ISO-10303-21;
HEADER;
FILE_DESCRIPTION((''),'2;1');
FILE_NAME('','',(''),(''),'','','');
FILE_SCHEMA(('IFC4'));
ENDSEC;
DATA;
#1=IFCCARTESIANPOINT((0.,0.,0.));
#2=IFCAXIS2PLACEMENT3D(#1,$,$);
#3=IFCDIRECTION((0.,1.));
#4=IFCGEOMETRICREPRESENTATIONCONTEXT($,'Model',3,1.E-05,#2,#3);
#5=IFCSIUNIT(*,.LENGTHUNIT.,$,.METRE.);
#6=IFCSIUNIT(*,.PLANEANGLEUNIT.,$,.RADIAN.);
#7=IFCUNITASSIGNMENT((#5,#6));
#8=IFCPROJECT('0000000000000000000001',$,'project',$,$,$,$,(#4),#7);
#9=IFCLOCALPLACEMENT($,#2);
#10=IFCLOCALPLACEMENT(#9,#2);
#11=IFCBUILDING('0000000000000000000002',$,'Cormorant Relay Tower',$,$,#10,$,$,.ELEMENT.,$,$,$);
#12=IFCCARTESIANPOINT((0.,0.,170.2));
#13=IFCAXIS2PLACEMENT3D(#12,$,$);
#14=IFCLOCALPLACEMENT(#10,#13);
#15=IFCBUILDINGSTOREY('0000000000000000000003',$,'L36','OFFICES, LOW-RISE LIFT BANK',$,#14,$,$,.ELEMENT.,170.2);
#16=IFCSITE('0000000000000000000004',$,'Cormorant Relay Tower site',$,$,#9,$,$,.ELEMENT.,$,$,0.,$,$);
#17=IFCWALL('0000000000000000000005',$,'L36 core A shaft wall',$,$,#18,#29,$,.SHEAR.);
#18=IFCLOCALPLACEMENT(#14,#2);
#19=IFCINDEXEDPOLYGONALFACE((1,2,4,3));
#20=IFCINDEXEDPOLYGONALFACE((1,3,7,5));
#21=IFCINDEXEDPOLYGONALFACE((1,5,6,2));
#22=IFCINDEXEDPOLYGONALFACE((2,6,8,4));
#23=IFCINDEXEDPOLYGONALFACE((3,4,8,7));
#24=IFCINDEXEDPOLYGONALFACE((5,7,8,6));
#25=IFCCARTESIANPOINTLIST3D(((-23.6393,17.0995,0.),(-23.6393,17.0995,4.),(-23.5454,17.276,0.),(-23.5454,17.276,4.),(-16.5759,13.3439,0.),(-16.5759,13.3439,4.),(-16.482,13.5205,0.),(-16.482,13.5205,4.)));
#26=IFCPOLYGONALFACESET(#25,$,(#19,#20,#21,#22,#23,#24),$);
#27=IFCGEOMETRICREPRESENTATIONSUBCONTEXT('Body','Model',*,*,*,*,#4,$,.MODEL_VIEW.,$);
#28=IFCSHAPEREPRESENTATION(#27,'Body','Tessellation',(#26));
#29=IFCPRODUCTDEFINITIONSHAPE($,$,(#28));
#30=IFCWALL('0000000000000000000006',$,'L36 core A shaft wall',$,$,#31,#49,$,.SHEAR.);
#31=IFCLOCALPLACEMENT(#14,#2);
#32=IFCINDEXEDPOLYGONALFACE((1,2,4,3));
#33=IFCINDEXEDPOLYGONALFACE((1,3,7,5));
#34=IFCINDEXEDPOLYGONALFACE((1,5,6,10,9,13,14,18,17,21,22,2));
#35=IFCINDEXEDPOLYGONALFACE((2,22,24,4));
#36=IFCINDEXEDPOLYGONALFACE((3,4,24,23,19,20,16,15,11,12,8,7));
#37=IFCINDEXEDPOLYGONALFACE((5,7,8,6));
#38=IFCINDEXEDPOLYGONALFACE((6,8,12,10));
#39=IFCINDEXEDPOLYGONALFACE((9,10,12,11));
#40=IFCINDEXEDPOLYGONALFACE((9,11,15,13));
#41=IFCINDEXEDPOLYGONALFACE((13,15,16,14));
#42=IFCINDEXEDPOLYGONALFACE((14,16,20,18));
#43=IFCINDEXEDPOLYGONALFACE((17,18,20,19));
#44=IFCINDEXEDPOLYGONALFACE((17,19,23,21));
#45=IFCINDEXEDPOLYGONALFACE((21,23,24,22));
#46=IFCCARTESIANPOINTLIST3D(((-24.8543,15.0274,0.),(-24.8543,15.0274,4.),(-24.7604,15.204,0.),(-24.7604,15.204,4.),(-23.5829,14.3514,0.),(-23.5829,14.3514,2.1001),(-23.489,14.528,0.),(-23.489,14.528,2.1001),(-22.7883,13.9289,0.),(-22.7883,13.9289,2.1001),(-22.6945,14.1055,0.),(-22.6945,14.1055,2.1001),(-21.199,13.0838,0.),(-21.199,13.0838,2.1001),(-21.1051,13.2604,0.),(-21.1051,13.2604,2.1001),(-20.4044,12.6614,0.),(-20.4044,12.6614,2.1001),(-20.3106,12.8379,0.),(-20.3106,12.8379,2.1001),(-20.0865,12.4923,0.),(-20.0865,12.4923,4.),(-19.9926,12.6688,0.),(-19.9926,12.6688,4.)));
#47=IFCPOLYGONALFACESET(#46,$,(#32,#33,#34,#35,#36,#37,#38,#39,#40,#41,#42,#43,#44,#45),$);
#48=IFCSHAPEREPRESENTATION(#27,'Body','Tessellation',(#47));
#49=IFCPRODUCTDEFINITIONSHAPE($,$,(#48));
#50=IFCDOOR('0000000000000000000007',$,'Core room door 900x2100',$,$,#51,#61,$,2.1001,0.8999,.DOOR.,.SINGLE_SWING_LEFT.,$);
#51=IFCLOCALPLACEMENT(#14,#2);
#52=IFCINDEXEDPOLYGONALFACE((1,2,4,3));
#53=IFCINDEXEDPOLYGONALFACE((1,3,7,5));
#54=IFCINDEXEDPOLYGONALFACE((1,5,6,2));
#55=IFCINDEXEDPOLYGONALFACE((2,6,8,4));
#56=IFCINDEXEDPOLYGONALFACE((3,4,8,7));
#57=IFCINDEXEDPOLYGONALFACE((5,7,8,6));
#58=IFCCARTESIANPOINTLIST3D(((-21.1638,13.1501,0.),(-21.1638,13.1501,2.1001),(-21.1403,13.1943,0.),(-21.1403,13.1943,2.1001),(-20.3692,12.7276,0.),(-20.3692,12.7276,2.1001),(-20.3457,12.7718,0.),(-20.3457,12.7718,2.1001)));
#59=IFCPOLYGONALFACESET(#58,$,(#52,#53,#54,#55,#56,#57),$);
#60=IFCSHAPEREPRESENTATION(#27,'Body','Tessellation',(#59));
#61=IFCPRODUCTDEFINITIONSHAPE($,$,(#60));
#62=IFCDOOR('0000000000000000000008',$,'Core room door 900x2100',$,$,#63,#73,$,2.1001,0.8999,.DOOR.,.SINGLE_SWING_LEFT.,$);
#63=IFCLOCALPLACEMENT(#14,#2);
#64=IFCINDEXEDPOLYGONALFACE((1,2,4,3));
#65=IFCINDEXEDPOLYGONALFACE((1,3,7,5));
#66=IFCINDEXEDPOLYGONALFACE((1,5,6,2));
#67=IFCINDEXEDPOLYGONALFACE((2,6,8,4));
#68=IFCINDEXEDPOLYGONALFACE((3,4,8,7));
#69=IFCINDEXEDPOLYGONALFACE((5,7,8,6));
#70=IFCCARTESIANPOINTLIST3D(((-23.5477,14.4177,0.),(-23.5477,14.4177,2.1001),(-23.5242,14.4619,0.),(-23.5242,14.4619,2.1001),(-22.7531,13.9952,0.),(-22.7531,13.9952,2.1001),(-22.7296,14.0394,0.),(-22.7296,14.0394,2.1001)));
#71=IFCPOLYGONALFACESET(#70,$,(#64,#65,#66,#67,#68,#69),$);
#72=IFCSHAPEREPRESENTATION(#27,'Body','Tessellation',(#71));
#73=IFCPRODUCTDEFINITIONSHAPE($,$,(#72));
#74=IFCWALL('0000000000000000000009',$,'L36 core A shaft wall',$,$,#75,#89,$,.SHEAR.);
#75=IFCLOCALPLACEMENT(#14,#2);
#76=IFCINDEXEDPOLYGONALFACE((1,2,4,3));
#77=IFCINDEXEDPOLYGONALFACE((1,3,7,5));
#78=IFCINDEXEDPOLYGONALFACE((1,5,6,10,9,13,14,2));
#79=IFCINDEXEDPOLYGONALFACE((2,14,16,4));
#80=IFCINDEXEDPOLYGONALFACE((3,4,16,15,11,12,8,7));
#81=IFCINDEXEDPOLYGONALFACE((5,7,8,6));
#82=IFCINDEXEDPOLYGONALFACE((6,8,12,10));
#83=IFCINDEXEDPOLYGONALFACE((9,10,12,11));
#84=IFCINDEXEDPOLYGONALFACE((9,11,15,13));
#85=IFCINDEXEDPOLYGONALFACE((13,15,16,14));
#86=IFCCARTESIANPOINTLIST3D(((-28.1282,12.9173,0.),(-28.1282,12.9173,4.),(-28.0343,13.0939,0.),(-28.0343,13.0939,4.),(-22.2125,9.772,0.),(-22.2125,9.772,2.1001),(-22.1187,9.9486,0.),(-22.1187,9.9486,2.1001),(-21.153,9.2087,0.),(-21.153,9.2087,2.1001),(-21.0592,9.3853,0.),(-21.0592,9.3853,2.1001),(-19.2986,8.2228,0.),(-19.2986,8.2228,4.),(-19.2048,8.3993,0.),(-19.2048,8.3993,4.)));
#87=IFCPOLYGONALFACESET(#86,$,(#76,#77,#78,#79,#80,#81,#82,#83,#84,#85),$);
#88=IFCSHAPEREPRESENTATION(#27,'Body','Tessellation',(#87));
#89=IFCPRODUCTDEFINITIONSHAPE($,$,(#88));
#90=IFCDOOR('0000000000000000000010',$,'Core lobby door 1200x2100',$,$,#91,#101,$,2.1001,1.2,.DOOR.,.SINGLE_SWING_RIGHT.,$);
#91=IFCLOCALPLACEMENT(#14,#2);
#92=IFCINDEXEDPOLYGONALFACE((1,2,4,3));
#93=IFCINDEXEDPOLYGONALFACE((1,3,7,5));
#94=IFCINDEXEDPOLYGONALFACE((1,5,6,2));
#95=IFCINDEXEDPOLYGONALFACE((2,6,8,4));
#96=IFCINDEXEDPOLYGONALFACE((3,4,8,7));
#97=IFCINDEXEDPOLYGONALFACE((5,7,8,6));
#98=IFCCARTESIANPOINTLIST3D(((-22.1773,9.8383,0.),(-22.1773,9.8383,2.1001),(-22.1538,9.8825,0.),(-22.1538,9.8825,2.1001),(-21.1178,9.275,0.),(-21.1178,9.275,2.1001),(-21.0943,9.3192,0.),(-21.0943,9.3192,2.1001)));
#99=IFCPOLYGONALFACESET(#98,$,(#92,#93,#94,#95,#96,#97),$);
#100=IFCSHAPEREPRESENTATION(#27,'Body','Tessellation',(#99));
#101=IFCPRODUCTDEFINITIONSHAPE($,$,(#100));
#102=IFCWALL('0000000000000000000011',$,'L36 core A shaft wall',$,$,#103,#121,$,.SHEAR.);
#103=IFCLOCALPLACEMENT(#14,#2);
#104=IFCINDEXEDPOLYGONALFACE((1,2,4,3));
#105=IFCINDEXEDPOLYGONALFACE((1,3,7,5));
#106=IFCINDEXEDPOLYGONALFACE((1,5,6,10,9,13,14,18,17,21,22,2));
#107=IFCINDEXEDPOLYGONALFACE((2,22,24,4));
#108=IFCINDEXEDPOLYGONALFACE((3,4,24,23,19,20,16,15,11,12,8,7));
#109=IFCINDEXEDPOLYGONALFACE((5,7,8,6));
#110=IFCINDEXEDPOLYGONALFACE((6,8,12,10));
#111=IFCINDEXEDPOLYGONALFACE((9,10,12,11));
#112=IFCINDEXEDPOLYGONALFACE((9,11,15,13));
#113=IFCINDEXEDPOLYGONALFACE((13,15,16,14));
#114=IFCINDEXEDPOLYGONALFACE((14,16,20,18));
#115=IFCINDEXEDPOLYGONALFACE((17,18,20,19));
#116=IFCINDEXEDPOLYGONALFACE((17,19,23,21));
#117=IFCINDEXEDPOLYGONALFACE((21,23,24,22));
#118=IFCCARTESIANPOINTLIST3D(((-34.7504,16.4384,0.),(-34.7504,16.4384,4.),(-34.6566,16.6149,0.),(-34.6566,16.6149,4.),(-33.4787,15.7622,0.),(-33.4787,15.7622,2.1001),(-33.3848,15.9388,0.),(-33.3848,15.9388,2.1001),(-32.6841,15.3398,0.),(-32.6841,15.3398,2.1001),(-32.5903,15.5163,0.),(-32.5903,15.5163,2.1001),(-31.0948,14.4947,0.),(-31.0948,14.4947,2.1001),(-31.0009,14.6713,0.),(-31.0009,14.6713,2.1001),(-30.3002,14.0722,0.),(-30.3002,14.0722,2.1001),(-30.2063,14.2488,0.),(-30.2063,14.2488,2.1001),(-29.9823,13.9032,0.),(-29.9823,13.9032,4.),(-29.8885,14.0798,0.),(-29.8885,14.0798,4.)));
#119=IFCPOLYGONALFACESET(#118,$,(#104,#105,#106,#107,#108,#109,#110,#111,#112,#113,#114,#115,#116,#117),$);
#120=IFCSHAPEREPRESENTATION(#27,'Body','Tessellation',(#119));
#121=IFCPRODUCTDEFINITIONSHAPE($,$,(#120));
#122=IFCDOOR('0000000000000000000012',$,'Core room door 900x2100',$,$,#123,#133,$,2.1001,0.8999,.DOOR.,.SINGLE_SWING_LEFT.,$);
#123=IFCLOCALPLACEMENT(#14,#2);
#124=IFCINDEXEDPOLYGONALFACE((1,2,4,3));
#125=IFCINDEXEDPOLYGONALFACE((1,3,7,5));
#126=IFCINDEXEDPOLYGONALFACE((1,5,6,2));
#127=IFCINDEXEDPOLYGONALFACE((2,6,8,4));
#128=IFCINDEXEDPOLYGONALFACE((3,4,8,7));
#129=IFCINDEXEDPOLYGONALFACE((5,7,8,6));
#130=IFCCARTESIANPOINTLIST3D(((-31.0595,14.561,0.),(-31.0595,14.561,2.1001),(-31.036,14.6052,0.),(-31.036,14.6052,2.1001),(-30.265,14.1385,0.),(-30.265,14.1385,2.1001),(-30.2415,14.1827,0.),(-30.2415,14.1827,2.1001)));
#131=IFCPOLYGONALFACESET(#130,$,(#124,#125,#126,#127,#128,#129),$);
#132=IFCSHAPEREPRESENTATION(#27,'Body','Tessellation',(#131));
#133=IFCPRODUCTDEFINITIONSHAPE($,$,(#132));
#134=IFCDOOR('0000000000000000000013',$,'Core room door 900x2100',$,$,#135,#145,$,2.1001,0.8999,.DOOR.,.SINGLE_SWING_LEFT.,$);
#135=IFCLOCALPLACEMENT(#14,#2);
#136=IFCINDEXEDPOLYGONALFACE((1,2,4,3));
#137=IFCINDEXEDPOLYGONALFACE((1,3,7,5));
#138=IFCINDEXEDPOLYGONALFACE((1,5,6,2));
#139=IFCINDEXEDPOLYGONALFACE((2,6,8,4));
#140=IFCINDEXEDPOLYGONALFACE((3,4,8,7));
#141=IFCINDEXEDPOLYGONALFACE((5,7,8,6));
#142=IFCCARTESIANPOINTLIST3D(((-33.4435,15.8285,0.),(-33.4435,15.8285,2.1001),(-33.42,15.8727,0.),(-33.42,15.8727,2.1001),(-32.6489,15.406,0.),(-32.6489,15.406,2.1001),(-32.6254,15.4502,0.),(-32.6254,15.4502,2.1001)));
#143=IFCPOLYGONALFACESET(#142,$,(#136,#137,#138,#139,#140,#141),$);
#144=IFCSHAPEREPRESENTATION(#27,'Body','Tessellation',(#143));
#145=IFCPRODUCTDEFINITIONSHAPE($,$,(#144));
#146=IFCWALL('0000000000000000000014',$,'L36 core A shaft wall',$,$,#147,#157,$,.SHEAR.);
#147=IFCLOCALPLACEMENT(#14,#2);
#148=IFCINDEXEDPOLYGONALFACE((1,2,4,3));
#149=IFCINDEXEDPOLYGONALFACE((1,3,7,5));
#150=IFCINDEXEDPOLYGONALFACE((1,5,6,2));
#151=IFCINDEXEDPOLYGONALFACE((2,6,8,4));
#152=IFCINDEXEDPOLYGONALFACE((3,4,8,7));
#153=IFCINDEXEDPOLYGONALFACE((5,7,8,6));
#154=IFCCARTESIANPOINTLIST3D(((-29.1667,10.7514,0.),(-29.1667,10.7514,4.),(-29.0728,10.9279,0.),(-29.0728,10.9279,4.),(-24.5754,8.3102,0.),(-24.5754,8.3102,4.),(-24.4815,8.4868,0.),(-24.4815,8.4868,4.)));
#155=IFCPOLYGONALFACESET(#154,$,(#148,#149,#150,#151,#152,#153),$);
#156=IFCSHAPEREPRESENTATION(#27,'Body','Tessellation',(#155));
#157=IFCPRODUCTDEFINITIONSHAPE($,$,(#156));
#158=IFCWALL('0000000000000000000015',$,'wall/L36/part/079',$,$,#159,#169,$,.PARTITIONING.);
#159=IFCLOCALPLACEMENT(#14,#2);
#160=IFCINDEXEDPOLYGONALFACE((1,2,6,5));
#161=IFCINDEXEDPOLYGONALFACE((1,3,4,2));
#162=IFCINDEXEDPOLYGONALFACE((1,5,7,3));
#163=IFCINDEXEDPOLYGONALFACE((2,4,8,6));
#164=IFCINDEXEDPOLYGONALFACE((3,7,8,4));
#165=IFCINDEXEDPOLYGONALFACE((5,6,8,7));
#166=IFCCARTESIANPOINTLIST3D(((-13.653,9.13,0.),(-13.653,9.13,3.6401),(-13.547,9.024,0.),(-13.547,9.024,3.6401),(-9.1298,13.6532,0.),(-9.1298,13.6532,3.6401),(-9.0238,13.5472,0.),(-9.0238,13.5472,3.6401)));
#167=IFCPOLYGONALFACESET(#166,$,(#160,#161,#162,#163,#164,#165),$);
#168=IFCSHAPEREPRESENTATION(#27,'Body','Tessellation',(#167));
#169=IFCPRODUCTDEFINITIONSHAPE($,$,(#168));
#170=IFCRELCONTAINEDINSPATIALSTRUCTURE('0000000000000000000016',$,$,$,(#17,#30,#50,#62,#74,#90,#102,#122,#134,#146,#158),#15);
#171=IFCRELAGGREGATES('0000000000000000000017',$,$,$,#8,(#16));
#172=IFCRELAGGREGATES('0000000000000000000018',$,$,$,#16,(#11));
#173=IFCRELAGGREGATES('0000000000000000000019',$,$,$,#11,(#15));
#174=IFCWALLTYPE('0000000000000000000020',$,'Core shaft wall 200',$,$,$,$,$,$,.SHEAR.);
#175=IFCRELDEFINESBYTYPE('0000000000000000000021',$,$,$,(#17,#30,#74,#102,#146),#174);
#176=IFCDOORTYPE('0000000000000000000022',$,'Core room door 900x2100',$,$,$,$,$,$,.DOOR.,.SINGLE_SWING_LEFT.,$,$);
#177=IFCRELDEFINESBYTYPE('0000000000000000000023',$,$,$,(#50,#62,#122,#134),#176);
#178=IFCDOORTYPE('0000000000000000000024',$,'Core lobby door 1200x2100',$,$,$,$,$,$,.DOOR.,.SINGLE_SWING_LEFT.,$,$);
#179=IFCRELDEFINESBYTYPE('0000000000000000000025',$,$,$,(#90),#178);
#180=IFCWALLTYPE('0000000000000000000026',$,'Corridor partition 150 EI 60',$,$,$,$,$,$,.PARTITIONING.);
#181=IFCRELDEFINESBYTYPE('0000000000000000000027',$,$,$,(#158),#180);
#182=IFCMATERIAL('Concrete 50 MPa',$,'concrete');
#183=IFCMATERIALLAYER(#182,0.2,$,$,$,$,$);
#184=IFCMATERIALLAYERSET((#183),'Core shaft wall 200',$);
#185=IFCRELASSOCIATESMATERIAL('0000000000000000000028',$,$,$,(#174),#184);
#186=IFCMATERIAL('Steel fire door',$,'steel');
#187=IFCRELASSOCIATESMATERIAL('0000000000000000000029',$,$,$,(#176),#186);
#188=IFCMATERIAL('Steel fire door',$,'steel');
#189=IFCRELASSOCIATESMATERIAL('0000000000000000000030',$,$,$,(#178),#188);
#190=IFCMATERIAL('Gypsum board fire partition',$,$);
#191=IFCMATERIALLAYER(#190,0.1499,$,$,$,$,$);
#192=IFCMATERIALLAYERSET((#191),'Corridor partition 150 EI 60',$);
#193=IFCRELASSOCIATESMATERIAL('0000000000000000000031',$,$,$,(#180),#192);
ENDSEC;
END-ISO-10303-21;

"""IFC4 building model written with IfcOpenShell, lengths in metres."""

from ifc_helpers import new_model, si_unit, direction, frame, frame_2d, origin, place, context, subcontext, project, spatial, rectangle, extrude, material, layer, layer_set, type_object, element, fill, save


model = new_model("IFC4")

# Units and contexts
model_context = context("Model", 3, precision=1e-05, world=origin(), true_north=direction((0.0, 1.0)))
body_context = subcontext(model_context, "Body", "Model", "MODEL_VIEW")
ifc_project = project(units=[si_unit("LENGTHUNIT", "METRE"), si_unit("PLANEANGLEUNIT", "RADIAN")], contexts=[model_context])

# Site, building, storey
site_placement = place(None, origin())
site = spatial("IfcSite", under=ifc_project, at=site_placement, Name="Cormorant Relay Tower site", CompositionType="ELEMENT", RefElevation=0.0)
building_placement = place(site_placement, origin())
building = spatial("IfcBuilding", under=site, at=building_placement, Name="Cormorant Relay Tower", CompositionType="ELEMENT")
storey_placement = place(building_placement, frame((0.0, 0.0, 170.2)))
storey = spatial("IfcBuildingStorey", under=building, at=storey_placement, Name="L36", Description="OFFICES, LOW-RISE LIFT BANK", CompositionType="ELEMENT", Elevation=170.2)

# Shared definitions
ifc_material_1 = material(Name="Concrete 50 MPa", Category="concrete")
ifc_layer_1 = layer(ifc_material_1, 0.2)
ifc_layer_set_1 = layer_set([ifc_layer_1], Name="Core shaft wall 200")
wall_type_1 = type_object("IfcWallType", Name="Core shaft wall 200", PredefinedType="SHEAR", material=ifc_layer_set_1)

# Shared definitions
ifc_material_2 = material(Name="Steel fire door", Category="steel")
door_type_1 = type_object("IfcDoorType", Name="Core room door 900x2100", OperationType="SINGLE_SWING_LEFT", PredefinedType="DOOR", material=ifc_material_2)

# Wall
wall_1_placement = place(storey_placement, frame((-16.5288, 13.4321, 0.0), z_axis=(0.0, 0.0, 1.0), x_axis=(-0.882953, 0.469462, 0.0)))
element("IfcWall", 1, at=wall_1_placement, inside=storey, type_object=wall_type_1, Name="L36 core A shaft wall", PredefinedType="SHEAR", context=body_context, shape_type="SweptSolid", body=[
    extrude(rectangle(XDim=7.9998, YDim=0.2, at=frame_2d((4.0, 0.0))), origin(), (0.0, 0.0, 1.0), 4.0),
])

# Wall, openings, doors
wall_2_placement = place(storey_placement, frame((-20.0396, 12.5806, 0.0), z_axis=(0.0, 0.0, 1.0), x_axis=(-0.882943, 0.46948, 0.0)))
wall_2 = element("IfcWall", 2, at=wall_2_placement, inside=storey, type_object=wall_type_1, Name="L36 core A shaft wall", PredefinedType="SHEAR", context=body_context, shape_type="SweptSolid", body=[
    extrude(rectangle(XDim=5.3999, YDim=0.2, at=frame_2d((2.7, 0.0))), origin(), (0.0, 0.0, 1.0), 4.0),
])
opening_1_placement = place(wall_2_placement, frame((0.3601, 0.0, 0.0)))
opening_1 = element("IfcOpeningElement", 3, at=opening_1_placement, cuts=wall_2, PredefinedType="OPENING", context=body_context, shape_type="SweptSolid", body=[
    extrude(rectangle(XDim=0.8999, YDim=2.1001, at=frame_2d((0.45, 1.05))), frame((0.0, 0.1099, 0.0), z_axis=(0.0, -1.0, 0.0), x_axis=(1.0, 0.0, 0.0)), (0.0, 0.0, 1.0), 0.22),
])
opening_2_placement = place(wall_2_placement, frame((3.0601, 0.0, 0.0)))
opening_2 = element("IfcOpeningElement", 4, at=opening_2_placement, cuts=wall_2, PredefinedType="OPENING", context=body_context, shape_type="SweptSolid", body=[
    extrude(rectangle(XDim=0.8999, YDim=2.1001, at=frame_2d((0.45, 1.05))), frame((0.0, 0.1099, 0.0), z_axis=(0.0, -1.0, 0.0), x_axis=(1.0, 0.0, 0.0)), (0.0, 0.0, 1.0), 0.22),
])
door_1_placement = place(opening_1_placement, origin())
door_1 = element("IfcDoor", 5, at=door_1_placement, inside=storey, type_object=door_type_1, Name="Core room door 900x2100", OperationType="SINGLE_SWING_LEFT", OverallHeight=2.1001, OverallWidth=0.8999, PredefinedType="DOOR", context=body_context, shape_type="SweptSolid", body=[
    extrude(rectangle(XDim=0.8999, YDim=2.1001, at=frame_2d((0.45, 1.05))), frame((0.0, 0.0249, 0.0), z_axis=(0.0, -1.0, 0.0), x_axis=(1.0, 0.0, 0.0)), (0.0, 0.0, 1.0), 0.05),
])
fill(opening_1, door_1)
door_2_placement = place(opening_2_placement, origin())
door_2 = element("IfcDoor", 6, at=door_2_placement, inside=storey, type_object=door_type_1, Name="Core room door 900x2100", OperationType="SINGLE_SWING_LEFT", OverallHeight=2.1001, OverallWidth=0.8999, PredefinedType="DOOR", context=body_context, shape_type="SweptSolid", body=[
    extrude(rectangle(XDim=0.8999, YDim=2.1001, at=frame_2d((0.45, 1.05))), frame((0.0, 0.0249, 0.0), z_axis=(0.0, -1.0, 0.0), x_axis=(1.0, 0.0, 0.0)), (0.0, 0.0, 1.0), 0.05),
])
fill(opening_2, door_2)

# Wall, opening, door
wall_3_placement = place(storey_placement, frame((-19.2517, 8.311, 0.0), z_axis=(0.0, 0.0, 1.0), x_axis=(-0.882956, 0.469456, 0.0)))
wall_3 = element("IfcWall", 7, at=wall_3_placement, inside=storey, type_object=wall_type_1, Name="L36 core A shaft wall", PredefinedType="SHEAR", context=body_context, shape_type="SweptSolid", body=[
    extrude(rectangle(XDim=10.0, YDim=0.2, at=frame_2d((5.0, 0.0))), origin(), (0.0, 0.0, 1.0), 4.0),
])
opening_3_placement = place(wall_3_placement, frame((2.1001, 0.0, 0.0)))
opening_3 = element("IfcOpeningElement", 8, at=opening_3_placement, cuts=wall_3, PredefinedType="OPENING", context=body_context, shape_type="SweptSolid", body=[
    extrude(rectangle(XDim=1.2, YDim=2.1001, at=frame_2d((0.6001, 1.05))), frame((0.0, 0.1099, 0.0), z_axis=(0.0, -1.0, 0.0), x_axis=(1.0, 0.0, 0.0)), (0.0, 0.0, 1.0), 0.22),
])
ifc_material_3 = material(Name="Steel fire door", Category="steel")
door_type_2 = type_object("IfcDoorType", Name="Core lobby door 1200x2100", OperationType="SINGLE_SWING_LEFT", PredefinedType="DOOR", material=ifc_material_3)
door_3_placement = place(opening_3_placement, origin())
door_3 = element("IfcDoor", 9, at=door_3_placement, inside=storey, type_object=door_type_2, Name="Core lobby door 1200x2100", OperationType="SINGLE_SWING_RIGHT", OverallHeight=2.1001, OverallWidth=1.2, PredefinedType="DOOR", context=body_context, shape_type="SweptSolid", body=[
    extrude(rectangle(XDim=1.2, YDim=2.1001, at=frame_2d((0.6001, 1.05))), frame((0.0, 0.0249, 0.0), z_axis=(0.0, -1.0, 0.0), x_axis=(1.0, 0.0, 0.0)), (0.0, 0.0, 1.0), 0.05),
])
fill(opening_3, door_3)

# Wall, openings, doors
wall_4_placement = place(storey_placement, frame((-29.9353, 13.9915, 0.0), z_axis=(0.0, 0.0, 1.0), x_axis=(-0.882953, 0.469462, 0.0)))
wall_4 = element("IfcWall", 10, at=wall_4_placement, inside=storey, type_object=wall_type_1, Name="L36 core A shaft wall", PredefinedType="SHEAR", context=body_context, shape_type="SweptSolid", body=[
    extrude(rectangle(XDim=5.4001, YDim=0.2, at=frame_2d((2.7002, 0.0))), origin(), (0.0, 0.0, 1.0), 4.0),
])
opening_4_placement = place(wall_4_placement, frame((0.3601, 0.0, 0.0)))
opening_4 = element("IfcOpeningElement", 11, at=opening_4_placement, cuts=wall_4, PredefinedType="OPENING", context=body_context, shape_type="SweptSolid", body=[
    extrude(rectangle(XDim=0.8999, YDim=2.1001, at=frame_2d((0.45, 1.05))), frame((0.0, 0.1099, 0.0), z_axis=(0.0, -1.0, 0.0), x_axis=(1.0, 0.0, 0.0)), (0.0, 0.0, 1.0), 0.22),
])
opening_5_placement = place(wall_4_placement, frame((3.0601, 0.0, 0.0)))
opening_5 = element("IfcOpeningElement", 12, at=opening_5_placement, cuts=wall_4, PredefinedType="OPENING", context=body_context, shape_type="SweptSolid", body=[
    extrude(rectangle(XDim=0.8999, YDim=2.1001, at=frame_2d((0.45, 1.05))), frame((0.0, 0.1099, 0.0), z_axis=(0.0, -1.0, 0.0), x_axis=(1.0, 0.0, 0.0)), (0.0, 0.0, 1.0), 0.22),
])
door_4_placement = place(opening_4_placement, origin())
door_4 = element("IfcDoor", 13, at=door_4_placement, inside=storey, type_object=door_type_1, Name="Core room door 900x2100", OperationType="SINGLE_SWING_LEFT", OverallHeight=2.1001, OverallWidth=0.8999, PredefinedType="DOOR", context=body_context, shape_type="SweptSolid", body=[
    extrude(rectangle(XDim=0.8999, YDim=2.1001, at=frame_2d((0.45, 1.05))), frame((0.0, 0.0249, 0.0), z_axis=(0.0, -1.0, 0.0), x_axis=(1.0, 0.0, 0.0)), (0.0, 0.0, 1.0), 0.05),
])
fill(opening_4, door_4)
door_5_placement = place(opening_5_placement, origin())
door_5 = element("IfcDoor", 14, at=door_5_placement, inside=storey, type_object=door_type_1, Name="Core room door 900x2100", OperationType="SINGLE_SWING_LEFT", OverallHeight=2.1001, OverallWidth=0.8999, PredefinedType="DOOR", context=body_context, shape_type="SweptSolid", body=[
    extrude(rectangle(XDim=0.8999, YDim=2.1001, at=frame_2d((0.45, 1.05))), frame((0.0, 0.0249, 0.0), z_axis=(0.0, -1.0, 0.0), x_axis=(1.0, 0.0, 0.0)), (0.0, 0.0, 1.0), 0.05),
])
fill(opening_5, door_5)

# Walls
wall_5_placement = place(storey_placement, frame((-24.5283, 8.3984, 0.0), z_axis=(0.0, 0.0, 1.0), x_axis=(-0.882954, 0.46946, 0.0)))
element("IfcWall", 15, at=wall_5_placement, inside=storey, type_object=wall_type_1, Name="L36 core A shaft wall", PredefinedType="SHEAR", context=body_context, shape_type="SweptSolid", body=[
    extrude(rectangle(XDim=5.2, YDim=0.2, at=frame_2d((2.6001, 0.0))), origin(), (0.0, 0.0, 1.0), 4.0),
])
ifc_material_4 = material(Name="Gypsum board fire partition")
ifc_layer_2 = layer(ifc_material_4, 0.1499)
ifc_layer_set_2 = layer_set([ifc_layer_2], Name="Corridor partition 150 EI 60")
wall_type_2 = type_object("IfcWallType", Name="Corridor partition 150 EI 60", PredefinedType="PARTITIONING", material=ifc_layer_set_2)
wall_6_placement = place(storey_placement, frame((-9.0769, 13.6001, 0.0), z_axis=(0.0, 0.0, 1.0), x_axis=(-0.707107, -0.707107, 0.0)))
element("IfcWall", 16, at=wall_6_placement, inside=storey, type_object=wall_type_2, Name="wall/L36/part/079", PredefinedType="PARTITIONING", context=body_context, shape_type="SweptSolid", body=[
    extrude(rectangle(XDim=6.3967, YDim=0.1499, at=frame_2d((3.1982, 0.0))), origin(), (0.0, 0.0, 1.0), 3.6401),
])

save(model, "model.ifc")
